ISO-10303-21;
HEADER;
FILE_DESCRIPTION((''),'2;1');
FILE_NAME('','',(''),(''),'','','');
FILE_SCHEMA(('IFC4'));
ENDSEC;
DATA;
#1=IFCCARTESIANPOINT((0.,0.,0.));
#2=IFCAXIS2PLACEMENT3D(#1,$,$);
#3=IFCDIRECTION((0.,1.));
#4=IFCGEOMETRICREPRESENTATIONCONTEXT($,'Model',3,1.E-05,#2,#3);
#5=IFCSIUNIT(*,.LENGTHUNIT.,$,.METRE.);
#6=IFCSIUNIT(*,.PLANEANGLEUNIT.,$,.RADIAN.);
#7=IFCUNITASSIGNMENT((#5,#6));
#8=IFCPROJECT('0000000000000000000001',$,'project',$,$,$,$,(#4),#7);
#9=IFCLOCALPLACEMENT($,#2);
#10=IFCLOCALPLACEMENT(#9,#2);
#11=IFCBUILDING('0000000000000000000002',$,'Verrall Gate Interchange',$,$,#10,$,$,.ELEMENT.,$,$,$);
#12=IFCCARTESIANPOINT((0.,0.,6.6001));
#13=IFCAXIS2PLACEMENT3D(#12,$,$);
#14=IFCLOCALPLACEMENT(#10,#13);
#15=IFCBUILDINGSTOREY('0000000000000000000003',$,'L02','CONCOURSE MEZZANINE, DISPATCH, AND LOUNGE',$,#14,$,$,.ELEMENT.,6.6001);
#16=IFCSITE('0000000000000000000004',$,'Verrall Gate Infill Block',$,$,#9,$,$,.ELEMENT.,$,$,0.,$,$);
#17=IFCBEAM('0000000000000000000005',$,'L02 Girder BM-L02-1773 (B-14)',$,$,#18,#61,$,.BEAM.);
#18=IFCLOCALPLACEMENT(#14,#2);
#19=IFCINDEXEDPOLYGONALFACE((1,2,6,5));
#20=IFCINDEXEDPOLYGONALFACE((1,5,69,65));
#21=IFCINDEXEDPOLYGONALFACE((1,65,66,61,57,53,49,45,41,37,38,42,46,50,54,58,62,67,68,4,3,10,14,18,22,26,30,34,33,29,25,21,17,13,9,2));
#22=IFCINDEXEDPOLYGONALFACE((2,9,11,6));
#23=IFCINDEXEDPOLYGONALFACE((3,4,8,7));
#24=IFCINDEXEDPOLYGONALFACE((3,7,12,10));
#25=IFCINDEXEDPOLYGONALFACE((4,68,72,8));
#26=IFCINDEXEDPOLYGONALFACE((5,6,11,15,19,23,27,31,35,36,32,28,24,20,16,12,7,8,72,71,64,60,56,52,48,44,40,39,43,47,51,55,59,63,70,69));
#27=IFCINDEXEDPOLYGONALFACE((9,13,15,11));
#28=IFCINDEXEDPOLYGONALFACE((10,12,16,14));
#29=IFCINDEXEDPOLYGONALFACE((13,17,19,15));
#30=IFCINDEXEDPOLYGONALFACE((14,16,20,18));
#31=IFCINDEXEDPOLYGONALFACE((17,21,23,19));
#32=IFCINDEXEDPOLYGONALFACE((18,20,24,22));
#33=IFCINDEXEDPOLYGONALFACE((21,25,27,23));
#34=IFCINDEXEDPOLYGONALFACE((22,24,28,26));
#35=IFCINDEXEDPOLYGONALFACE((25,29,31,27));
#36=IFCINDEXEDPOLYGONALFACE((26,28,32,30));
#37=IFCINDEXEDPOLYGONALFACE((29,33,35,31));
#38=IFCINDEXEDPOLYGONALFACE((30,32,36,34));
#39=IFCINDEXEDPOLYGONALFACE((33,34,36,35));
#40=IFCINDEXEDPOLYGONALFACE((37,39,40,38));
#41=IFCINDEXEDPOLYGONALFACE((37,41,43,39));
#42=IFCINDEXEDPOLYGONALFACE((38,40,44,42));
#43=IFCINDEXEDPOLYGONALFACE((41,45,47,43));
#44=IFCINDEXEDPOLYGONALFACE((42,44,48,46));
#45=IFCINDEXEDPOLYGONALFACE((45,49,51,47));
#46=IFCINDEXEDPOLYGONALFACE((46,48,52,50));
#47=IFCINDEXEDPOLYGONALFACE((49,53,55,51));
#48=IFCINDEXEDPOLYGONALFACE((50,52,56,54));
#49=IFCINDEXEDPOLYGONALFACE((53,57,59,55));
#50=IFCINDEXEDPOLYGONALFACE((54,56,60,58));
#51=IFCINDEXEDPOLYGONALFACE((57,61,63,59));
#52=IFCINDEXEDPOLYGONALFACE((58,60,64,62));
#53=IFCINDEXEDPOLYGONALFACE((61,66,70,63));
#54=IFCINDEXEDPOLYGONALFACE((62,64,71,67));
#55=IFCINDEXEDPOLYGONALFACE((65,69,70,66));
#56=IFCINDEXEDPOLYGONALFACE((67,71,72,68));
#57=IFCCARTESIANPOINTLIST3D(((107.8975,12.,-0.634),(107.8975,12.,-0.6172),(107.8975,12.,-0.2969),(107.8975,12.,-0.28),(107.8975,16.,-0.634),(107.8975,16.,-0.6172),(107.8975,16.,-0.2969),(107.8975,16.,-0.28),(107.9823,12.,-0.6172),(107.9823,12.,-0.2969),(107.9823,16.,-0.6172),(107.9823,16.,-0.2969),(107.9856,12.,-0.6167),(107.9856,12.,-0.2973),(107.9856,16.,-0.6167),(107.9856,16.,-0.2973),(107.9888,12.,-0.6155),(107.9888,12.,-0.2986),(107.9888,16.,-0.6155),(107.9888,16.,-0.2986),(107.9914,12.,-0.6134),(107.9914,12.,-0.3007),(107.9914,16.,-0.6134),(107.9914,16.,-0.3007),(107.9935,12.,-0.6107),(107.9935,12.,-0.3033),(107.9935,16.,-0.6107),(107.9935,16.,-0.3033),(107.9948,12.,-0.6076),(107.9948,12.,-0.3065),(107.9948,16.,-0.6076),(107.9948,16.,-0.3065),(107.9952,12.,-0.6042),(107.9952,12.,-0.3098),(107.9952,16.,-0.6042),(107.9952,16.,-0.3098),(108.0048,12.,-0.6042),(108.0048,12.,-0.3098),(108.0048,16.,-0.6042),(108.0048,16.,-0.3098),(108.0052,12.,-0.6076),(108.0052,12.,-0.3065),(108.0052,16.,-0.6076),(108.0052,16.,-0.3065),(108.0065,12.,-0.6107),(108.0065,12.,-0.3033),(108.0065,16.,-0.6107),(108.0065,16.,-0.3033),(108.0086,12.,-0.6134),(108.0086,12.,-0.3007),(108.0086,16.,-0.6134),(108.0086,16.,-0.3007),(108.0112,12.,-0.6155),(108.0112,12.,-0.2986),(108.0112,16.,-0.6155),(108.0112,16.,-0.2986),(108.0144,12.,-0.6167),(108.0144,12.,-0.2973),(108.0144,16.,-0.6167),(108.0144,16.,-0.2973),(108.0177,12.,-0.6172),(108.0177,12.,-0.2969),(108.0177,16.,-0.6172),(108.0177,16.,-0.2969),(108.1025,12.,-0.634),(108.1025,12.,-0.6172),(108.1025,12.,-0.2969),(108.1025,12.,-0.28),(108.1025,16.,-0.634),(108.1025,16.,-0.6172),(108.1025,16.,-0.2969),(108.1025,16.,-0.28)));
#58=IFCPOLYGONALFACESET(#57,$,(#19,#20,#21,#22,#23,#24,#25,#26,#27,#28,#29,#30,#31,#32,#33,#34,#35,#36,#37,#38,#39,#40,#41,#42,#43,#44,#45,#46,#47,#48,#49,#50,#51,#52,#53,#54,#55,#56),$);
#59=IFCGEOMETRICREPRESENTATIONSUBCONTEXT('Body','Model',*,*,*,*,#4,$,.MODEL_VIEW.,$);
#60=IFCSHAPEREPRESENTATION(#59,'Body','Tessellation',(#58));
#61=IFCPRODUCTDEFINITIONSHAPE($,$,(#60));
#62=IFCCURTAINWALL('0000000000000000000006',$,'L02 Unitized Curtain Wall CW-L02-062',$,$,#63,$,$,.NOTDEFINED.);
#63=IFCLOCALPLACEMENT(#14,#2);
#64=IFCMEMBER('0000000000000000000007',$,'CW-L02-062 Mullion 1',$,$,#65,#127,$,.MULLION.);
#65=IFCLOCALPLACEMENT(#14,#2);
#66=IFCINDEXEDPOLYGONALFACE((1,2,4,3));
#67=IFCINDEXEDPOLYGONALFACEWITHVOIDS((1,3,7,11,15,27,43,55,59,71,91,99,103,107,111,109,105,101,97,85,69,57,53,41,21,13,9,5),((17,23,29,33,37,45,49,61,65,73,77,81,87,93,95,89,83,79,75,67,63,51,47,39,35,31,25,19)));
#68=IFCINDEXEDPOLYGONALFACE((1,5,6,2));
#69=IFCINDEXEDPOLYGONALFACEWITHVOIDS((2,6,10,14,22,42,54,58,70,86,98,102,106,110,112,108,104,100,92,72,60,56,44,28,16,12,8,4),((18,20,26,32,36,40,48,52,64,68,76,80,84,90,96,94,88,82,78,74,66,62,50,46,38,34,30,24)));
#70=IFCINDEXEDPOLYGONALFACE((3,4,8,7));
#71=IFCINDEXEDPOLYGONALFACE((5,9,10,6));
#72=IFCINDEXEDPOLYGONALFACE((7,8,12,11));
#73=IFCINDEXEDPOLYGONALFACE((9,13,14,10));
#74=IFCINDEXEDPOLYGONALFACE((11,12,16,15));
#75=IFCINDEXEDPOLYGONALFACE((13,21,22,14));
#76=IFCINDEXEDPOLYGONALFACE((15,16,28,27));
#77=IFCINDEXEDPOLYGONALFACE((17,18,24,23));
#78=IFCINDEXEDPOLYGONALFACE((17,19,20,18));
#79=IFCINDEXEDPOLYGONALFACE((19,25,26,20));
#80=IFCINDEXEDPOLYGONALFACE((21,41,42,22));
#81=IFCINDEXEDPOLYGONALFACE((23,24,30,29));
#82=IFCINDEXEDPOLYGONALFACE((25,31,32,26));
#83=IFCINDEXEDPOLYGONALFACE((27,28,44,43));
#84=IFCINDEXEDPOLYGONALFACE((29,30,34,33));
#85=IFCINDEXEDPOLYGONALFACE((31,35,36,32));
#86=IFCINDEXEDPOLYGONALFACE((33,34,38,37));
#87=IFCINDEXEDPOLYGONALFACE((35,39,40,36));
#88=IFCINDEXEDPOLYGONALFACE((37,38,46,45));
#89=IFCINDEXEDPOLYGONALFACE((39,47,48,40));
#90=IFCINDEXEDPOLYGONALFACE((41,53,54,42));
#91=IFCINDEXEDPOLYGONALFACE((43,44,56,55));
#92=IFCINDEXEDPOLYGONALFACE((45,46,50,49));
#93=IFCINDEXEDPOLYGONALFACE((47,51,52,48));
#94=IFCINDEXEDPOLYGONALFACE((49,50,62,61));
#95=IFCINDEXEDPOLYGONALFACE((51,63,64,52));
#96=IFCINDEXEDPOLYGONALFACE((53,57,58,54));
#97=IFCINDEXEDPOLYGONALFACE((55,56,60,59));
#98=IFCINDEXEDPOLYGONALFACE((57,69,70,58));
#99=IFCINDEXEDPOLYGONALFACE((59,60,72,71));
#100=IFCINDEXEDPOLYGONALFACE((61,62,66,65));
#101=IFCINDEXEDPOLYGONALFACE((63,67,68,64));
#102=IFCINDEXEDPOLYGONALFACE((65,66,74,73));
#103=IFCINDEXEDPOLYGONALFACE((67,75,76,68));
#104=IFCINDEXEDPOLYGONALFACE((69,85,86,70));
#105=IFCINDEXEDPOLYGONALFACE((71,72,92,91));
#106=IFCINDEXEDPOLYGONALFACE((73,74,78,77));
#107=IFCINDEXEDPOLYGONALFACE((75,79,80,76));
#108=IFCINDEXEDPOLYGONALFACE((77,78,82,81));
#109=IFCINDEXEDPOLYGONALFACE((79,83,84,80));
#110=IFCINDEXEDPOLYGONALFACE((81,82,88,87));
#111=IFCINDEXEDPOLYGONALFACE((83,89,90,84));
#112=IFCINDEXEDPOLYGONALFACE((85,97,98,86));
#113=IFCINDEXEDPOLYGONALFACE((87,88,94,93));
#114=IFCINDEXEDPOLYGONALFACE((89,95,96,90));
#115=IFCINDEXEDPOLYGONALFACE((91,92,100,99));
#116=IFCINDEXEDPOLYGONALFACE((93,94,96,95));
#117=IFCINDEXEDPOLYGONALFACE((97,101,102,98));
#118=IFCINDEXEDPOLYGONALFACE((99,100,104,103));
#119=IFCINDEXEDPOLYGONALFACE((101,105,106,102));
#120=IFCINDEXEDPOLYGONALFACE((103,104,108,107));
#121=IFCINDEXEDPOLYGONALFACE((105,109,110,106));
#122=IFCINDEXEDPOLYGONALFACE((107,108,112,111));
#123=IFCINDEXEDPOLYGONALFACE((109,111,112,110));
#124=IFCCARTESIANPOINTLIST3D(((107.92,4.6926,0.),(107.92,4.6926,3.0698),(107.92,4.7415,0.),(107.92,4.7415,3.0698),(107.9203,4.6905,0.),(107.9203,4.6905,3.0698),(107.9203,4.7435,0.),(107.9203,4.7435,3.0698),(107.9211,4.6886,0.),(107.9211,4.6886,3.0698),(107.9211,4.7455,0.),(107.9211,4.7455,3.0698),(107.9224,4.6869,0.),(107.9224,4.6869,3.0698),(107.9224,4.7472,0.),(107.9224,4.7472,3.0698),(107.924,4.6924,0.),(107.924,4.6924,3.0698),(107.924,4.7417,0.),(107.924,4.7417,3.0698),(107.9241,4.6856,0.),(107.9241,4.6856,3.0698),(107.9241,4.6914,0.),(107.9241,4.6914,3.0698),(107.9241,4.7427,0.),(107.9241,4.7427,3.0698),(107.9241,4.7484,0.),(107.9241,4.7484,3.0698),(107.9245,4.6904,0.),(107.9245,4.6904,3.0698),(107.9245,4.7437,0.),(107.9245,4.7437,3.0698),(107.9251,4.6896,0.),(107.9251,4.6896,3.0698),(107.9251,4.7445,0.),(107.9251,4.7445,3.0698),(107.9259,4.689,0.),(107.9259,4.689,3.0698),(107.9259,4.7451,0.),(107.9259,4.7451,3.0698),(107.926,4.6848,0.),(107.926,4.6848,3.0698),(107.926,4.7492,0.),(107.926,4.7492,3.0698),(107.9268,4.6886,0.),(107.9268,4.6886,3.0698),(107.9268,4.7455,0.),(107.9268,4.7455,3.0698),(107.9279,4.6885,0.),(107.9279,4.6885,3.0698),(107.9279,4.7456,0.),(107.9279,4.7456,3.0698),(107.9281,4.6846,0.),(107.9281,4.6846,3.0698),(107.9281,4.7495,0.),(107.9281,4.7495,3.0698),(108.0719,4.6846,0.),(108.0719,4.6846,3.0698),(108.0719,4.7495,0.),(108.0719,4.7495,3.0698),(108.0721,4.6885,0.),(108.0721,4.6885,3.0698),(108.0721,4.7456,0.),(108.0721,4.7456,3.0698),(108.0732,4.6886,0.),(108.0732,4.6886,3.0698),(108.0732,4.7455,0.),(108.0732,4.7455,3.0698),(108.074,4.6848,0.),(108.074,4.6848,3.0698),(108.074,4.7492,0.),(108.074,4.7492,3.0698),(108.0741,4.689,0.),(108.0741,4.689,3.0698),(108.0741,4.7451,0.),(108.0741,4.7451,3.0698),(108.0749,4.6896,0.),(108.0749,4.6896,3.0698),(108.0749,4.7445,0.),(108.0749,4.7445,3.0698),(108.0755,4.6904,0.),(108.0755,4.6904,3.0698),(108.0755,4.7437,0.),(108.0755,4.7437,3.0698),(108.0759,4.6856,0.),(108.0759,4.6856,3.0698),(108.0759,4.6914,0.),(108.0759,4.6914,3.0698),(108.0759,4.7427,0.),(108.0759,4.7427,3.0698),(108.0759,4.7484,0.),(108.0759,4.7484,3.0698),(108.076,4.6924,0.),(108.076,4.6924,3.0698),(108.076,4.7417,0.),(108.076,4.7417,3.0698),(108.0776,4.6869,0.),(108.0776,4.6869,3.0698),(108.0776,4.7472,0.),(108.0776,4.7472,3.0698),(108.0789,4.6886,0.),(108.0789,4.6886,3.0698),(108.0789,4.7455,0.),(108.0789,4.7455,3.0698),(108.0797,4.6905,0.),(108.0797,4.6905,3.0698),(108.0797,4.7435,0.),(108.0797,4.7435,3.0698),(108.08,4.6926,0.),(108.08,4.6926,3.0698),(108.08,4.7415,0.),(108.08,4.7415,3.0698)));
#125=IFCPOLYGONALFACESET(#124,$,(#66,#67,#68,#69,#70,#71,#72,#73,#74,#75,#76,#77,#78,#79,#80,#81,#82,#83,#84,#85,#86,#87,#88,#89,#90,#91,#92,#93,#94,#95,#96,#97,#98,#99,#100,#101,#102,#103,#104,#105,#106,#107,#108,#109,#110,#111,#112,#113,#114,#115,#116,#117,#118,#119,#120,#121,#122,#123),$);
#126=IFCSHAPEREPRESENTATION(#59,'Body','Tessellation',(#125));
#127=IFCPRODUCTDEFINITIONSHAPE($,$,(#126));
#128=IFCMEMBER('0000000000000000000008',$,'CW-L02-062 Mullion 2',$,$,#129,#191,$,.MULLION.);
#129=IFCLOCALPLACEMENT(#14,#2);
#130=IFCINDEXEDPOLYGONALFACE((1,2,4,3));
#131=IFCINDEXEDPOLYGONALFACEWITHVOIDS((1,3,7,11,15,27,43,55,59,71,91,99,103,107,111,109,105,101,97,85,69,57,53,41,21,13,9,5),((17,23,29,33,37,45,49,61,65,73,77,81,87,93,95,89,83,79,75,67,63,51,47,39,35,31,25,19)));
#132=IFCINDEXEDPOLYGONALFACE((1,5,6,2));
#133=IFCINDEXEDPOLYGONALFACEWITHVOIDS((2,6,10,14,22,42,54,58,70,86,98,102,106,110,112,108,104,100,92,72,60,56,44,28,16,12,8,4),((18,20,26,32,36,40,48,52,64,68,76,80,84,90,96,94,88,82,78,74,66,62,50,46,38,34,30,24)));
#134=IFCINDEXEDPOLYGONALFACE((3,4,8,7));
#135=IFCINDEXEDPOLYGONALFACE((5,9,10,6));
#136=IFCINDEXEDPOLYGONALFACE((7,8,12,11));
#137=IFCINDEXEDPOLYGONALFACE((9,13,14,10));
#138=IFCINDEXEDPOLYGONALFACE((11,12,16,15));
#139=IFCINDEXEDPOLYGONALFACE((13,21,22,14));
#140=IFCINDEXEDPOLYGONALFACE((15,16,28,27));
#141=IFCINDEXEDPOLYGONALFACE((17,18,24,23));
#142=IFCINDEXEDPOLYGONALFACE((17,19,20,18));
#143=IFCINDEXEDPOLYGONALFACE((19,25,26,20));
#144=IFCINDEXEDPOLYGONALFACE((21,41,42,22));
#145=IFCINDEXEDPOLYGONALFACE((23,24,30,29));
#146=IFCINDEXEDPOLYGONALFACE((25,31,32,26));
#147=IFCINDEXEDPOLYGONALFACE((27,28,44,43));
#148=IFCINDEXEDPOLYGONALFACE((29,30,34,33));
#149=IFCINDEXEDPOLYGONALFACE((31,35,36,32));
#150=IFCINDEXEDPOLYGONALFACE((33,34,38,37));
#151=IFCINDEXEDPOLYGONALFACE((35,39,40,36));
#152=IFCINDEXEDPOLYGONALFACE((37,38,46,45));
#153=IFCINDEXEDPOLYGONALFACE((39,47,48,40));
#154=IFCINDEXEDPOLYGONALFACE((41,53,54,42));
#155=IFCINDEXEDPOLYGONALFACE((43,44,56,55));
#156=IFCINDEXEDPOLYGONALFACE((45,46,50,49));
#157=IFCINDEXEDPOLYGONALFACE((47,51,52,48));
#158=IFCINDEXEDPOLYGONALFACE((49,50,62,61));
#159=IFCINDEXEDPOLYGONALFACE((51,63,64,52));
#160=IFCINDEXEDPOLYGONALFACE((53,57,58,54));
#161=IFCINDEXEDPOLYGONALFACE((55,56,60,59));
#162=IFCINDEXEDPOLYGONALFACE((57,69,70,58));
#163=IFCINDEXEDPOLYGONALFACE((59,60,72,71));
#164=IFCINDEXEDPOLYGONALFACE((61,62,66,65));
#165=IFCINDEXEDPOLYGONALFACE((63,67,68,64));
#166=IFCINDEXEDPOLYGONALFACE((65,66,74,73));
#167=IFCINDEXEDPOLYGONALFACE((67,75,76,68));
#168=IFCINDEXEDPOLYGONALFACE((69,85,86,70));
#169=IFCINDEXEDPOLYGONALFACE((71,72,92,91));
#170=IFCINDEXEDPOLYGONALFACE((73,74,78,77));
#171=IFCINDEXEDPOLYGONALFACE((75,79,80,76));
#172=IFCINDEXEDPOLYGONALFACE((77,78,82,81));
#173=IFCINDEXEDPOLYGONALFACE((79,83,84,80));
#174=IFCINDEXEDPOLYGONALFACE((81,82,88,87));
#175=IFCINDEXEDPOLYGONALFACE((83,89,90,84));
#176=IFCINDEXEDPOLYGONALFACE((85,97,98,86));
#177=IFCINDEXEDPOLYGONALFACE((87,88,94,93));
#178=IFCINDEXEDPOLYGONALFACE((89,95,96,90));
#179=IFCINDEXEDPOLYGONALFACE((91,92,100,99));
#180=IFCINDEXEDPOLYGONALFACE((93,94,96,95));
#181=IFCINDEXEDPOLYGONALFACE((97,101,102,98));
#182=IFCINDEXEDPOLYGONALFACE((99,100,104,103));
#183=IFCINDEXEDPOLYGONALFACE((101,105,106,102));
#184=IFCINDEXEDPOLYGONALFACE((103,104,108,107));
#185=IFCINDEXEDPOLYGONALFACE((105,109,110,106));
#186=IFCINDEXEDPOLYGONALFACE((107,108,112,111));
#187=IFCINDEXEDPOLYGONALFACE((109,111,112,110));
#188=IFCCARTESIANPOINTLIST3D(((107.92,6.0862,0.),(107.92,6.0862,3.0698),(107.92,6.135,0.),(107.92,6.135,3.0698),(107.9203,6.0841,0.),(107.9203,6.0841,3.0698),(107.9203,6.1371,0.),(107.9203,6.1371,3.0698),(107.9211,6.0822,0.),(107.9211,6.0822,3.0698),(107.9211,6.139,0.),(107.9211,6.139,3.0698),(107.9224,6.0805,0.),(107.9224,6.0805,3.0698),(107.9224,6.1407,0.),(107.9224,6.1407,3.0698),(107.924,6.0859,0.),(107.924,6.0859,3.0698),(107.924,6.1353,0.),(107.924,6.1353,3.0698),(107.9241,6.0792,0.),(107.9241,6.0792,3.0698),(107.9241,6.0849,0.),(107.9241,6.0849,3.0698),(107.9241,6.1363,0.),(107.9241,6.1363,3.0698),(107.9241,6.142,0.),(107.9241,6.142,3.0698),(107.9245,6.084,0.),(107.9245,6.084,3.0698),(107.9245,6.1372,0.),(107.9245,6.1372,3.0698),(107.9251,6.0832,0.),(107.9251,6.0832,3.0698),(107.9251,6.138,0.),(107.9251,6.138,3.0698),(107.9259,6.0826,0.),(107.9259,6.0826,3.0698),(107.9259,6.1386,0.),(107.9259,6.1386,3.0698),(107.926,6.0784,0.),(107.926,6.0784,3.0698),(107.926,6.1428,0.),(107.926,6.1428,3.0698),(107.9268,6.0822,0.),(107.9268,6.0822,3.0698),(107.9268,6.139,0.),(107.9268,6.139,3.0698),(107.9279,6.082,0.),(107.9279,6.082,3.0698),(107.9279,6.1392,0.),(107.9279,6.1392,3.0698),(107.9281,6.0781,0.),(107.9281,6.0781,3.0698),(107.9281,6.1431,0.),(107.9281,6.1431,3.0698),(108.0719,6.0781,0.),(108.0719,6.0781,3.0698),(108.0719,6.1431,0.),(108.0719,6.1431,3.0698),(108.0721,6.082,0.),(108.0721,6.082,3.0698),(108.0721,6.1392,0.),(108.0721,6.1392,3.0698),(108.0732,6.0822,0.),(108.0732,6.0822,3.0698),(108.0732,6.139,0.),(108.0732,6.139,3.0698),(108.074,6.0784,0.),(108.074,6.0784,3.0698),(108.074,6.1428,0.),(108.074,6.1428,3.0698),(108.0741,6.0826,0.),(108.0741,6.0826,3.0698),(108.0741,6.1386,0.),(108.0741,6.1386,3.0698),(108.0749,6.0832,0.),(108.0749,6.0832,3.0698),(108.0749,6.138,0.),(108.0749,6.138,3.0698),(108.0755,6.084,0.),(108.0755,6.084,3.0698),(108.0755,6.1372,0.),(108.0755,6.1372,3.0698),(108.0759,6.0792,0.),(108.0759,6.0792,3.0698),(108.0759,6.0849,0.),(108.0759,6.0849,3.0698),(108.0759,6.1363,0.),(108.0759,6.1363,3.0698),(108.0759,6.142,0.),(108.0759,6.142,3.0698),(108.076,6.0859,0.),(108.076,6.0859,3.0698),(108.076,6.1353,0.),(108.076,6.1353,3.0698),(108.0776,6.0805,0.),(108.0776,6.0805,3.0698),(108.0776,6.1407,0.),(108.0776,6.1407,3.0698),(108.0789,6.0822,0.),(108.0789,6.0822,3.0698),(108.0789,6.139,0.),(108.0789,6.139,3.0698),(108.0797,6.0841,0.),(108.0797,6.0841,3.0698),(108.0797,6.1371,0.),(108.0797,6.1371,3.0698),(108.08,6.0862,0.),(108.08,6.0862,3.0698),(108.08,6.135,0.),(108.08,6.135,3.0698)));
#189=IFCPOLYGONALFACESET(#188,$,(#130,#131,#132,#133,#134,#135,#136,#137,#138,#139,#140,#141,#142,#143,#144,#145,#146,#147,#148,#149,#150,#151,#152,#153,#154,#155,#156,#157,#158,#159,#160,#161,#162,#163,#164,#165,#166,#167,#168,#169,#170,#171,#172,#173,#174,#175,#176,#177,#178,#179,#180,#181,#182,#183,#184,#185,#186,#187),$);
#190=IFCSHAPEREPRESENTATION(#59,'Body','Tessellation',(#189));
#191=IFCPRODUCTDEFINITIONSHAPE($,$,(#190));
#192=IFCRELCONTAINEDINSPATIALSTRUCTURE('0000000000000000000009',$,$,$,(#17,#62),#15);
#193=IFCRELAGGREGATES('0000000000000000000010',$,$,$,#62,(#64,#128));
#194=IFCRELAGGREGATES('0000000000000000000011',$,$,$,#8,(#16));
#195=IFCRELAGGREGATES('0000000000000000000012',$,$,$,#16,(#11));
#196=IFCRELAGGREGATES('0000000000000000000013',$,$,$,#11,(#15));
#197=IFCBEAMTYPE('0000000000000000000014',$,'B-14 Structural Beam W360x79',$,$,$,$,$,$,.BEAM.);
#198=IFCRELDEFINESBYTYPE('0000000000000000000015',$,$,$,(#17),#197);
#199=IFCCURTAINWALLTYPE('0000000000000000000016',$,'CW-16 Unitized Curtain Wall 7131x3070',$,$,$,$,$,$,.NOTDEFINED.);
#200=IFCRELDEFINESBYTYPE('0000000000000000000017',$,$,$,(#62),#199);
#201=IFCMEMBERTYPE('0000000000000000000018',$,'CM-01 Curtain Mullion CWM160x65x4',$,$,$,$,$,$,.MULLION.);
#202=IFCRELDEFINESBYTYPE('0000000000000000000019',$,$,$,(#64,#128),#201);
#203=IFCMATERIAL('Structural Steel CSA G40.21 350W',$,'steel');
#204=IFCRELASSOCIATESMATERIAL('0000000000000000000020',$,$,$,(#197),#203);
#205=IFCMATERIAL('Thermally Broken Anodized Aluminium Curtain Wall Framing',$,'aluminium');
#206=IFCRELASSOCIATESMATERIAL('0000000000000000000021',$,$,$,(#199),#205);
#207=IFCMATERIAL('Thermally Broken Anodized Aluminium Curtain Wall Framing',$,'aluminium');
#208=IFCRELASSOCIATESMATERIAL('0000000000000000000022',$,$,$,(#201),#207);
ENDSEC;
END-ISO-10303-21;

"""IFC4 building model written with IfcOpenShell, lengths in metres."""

from ifc_helpers import new_model, si_unit, direction, frame, origin, origin_2d, place, context, subcontext, project, spatial, hollow_rectangle, i_section, extrude, material, material_profile, profile_set, type_object, element, aggregate, save


model = new_model("IFC4")

# Units and contexts
model_context = context("Model", 3, precision=1e-05, world=origin(), true_north=direction((0.0, 1.0)))
body_context = subcontext(model_context, "Body", "Model", "MODEL_VIEW")
ifc_project = project(units=[si_unit("LENGTHUNIT", "METRE"), si_unit("PLANEANGLEUNIT", "RADIAN")], contexts=[model_context])

# Site, building, storey
site_placement = place(None, origin())
site = spatial("IfcSite", under=ifc_project, at=site_placement, Name="Verrall Gate Infill Block", CompositionType="ELEMENT", RefElevation=0.0)
building_placement = place(site_placement, origin())
building = spatial("IfcBuilding", under=site, at=building_placement, Name="Verrall Gate Interchange", CompositionType="ELEMENT")
storey_placement = place(building_placement, frame((0.0, 0.0, 6.6001)))
storey = spatial("IfcBuildingStorey", under=building, at=storey_placement, Name="L02", Description="CONCOURSE MEZZANINE, DISPATCH, AND LOUNGE", CompositionType="ELEMENT", Elevation=6.6001)

# Beam
ifc_material_1 = material(Name="Structural Steel CSA G40.21 350W", Category="steel")
ifc_material_profile_1 = material_profile(ifc_material_1, i_section(OverallWidth=0.2051, OverallDepth=0.354, WebThickness=0.0095, FlangeThickness=0.0168, FilletRadius=0.0129, at=origin_2d()), Name="W360x79")
ifc_profile_set_1 = profile_set([ifc_material_profile_1], Name="Structural Steel CSA G40.21 350W")
beam_type_1 = type_object("IfcBeamType", Name="B-14 Structural Beam W360x79", PredefinedType="BEAM", material=ifc_profile_set_1)
for number, where, z_axis, x_axis, name in (
    (1, (108.0, 12.0, -0.457), (0.0, 1.0, 0.0), (-1.0, 0.0, 0.0), "L02 Girder BM-L02-1773 (B-14)"),
):
    element("IfcBeam", number, at=place(storey_placement, frame(where, z_axis=z_axis, x_axis=x_axis)), inside=storey, type_object=beam_type_1, Name=name, PredefinedType="BEAM", context=body_context, shape_type="SweptSolid", body=[
        extrude(i_section(OverallWidth=0.2051, OverallDepth=0.354, WebThickness=0.0095, FlangeThickness=0.0168, FilletRadius=0.0129, at=origin_2d()), origin(), (0.0, 0.0, 1.0), 4.0),
    ])

# Curtain wall, members
ifc_material_2 = material(Name="Thermally Broken Anodized Aluminium Curtain Wall Framing", Category="aluminium")
curtain_wall_type_1 = type_object("IfcCurtainWallType", Name="CW-16 Unitized Curtain Wall 7131x3070", PredefinedType="NOTDEFINED", material=ifc_material_2)
curtain_wall_1_placement = place(storey_placement, origin())
curtain_wall_1 = element("IfcCurtainWall", 2, at=curtain_wall_1_placement, inside=storey, type_object=curtain_wall_type_1, Name="L02 Unitized Curtain Wall CW-L02-062", PredefinedType="NOTDEFINED")
ifc_material_3 = material(Name="Thermally Broken Anodized Aluminium Curtain Wall Framing", Category="aluminium")
ifc_material_profile_2 = material_profile(ifc_material_3, hollow_rectangle(XDim=0.0649, YDim=0.1599, WallThickness=0.0039, InnerFilletRadius=0.0039, OuterFilletRadius=0.0081, at=origin_2d()), Name="CWM160x65x4")
ifc_profile_set_2 = profile_set([ifc_material_profile_2], Name="Thermally Broken Anodized Aluminium Curtain Wall Framing")
member_type_1 = type_object("IfcMemberType", Name="CM-01 Curtain Mullion CWM160x65x4", PredefinedType="MULLION", material=ifc_profile_set_2)
member_1_placement = place(storey_placement, frame((108.0, 4.717, 0.0), z_axis=(0.0, 0.0, 1.0), x_axis=(0.0, 1.0, 0.0)))
member_1 = element("IfcMember", 3, at=member_1_placement, type_object=member_type_1, Name="CW-L02-062 Mullion 1", PredefinedType="MULLION", context=body_context, shape_type="SweptSolid", body=[
    extrude(hollow_rectangle(XDim=0.0649, YDim=0.1599, WallThickness=0.0039, InnerFilletRadius=0.0039, OuterFilletRadius=0.0081, at=origin_2d()), origin(), (0.0, 0.0, 1.0), 3.0698),
])
member_2_placement = place(storey_placement, frame((108.0, 6.1106, 0.0), z_axis=(0.0, 0.0, 1.0), x_axis=(0.0, 1.0, 0.0)))
member_2 = element("IfcMember", 4, at=member_2_placement, type_object=member_type_1, Name="CW-L02-062 Mullion 2", PredefinedType="MULLION", context=body_context, shape_type="SweptSolid", body=[
    extrude(hollow_rectangle(XDim=0.0649, YDim=0.1599, WallThickness=0.0039, InnerFilletRadius=0.0039, OuterFilletRadius=0.0081, at=origin_2d()), origin(), (0.0, 0.0, 1.0), 3.0698),
])

aggregate(curtain_wall_1, [member_1, member_2])

save(model, "model.ifc")
